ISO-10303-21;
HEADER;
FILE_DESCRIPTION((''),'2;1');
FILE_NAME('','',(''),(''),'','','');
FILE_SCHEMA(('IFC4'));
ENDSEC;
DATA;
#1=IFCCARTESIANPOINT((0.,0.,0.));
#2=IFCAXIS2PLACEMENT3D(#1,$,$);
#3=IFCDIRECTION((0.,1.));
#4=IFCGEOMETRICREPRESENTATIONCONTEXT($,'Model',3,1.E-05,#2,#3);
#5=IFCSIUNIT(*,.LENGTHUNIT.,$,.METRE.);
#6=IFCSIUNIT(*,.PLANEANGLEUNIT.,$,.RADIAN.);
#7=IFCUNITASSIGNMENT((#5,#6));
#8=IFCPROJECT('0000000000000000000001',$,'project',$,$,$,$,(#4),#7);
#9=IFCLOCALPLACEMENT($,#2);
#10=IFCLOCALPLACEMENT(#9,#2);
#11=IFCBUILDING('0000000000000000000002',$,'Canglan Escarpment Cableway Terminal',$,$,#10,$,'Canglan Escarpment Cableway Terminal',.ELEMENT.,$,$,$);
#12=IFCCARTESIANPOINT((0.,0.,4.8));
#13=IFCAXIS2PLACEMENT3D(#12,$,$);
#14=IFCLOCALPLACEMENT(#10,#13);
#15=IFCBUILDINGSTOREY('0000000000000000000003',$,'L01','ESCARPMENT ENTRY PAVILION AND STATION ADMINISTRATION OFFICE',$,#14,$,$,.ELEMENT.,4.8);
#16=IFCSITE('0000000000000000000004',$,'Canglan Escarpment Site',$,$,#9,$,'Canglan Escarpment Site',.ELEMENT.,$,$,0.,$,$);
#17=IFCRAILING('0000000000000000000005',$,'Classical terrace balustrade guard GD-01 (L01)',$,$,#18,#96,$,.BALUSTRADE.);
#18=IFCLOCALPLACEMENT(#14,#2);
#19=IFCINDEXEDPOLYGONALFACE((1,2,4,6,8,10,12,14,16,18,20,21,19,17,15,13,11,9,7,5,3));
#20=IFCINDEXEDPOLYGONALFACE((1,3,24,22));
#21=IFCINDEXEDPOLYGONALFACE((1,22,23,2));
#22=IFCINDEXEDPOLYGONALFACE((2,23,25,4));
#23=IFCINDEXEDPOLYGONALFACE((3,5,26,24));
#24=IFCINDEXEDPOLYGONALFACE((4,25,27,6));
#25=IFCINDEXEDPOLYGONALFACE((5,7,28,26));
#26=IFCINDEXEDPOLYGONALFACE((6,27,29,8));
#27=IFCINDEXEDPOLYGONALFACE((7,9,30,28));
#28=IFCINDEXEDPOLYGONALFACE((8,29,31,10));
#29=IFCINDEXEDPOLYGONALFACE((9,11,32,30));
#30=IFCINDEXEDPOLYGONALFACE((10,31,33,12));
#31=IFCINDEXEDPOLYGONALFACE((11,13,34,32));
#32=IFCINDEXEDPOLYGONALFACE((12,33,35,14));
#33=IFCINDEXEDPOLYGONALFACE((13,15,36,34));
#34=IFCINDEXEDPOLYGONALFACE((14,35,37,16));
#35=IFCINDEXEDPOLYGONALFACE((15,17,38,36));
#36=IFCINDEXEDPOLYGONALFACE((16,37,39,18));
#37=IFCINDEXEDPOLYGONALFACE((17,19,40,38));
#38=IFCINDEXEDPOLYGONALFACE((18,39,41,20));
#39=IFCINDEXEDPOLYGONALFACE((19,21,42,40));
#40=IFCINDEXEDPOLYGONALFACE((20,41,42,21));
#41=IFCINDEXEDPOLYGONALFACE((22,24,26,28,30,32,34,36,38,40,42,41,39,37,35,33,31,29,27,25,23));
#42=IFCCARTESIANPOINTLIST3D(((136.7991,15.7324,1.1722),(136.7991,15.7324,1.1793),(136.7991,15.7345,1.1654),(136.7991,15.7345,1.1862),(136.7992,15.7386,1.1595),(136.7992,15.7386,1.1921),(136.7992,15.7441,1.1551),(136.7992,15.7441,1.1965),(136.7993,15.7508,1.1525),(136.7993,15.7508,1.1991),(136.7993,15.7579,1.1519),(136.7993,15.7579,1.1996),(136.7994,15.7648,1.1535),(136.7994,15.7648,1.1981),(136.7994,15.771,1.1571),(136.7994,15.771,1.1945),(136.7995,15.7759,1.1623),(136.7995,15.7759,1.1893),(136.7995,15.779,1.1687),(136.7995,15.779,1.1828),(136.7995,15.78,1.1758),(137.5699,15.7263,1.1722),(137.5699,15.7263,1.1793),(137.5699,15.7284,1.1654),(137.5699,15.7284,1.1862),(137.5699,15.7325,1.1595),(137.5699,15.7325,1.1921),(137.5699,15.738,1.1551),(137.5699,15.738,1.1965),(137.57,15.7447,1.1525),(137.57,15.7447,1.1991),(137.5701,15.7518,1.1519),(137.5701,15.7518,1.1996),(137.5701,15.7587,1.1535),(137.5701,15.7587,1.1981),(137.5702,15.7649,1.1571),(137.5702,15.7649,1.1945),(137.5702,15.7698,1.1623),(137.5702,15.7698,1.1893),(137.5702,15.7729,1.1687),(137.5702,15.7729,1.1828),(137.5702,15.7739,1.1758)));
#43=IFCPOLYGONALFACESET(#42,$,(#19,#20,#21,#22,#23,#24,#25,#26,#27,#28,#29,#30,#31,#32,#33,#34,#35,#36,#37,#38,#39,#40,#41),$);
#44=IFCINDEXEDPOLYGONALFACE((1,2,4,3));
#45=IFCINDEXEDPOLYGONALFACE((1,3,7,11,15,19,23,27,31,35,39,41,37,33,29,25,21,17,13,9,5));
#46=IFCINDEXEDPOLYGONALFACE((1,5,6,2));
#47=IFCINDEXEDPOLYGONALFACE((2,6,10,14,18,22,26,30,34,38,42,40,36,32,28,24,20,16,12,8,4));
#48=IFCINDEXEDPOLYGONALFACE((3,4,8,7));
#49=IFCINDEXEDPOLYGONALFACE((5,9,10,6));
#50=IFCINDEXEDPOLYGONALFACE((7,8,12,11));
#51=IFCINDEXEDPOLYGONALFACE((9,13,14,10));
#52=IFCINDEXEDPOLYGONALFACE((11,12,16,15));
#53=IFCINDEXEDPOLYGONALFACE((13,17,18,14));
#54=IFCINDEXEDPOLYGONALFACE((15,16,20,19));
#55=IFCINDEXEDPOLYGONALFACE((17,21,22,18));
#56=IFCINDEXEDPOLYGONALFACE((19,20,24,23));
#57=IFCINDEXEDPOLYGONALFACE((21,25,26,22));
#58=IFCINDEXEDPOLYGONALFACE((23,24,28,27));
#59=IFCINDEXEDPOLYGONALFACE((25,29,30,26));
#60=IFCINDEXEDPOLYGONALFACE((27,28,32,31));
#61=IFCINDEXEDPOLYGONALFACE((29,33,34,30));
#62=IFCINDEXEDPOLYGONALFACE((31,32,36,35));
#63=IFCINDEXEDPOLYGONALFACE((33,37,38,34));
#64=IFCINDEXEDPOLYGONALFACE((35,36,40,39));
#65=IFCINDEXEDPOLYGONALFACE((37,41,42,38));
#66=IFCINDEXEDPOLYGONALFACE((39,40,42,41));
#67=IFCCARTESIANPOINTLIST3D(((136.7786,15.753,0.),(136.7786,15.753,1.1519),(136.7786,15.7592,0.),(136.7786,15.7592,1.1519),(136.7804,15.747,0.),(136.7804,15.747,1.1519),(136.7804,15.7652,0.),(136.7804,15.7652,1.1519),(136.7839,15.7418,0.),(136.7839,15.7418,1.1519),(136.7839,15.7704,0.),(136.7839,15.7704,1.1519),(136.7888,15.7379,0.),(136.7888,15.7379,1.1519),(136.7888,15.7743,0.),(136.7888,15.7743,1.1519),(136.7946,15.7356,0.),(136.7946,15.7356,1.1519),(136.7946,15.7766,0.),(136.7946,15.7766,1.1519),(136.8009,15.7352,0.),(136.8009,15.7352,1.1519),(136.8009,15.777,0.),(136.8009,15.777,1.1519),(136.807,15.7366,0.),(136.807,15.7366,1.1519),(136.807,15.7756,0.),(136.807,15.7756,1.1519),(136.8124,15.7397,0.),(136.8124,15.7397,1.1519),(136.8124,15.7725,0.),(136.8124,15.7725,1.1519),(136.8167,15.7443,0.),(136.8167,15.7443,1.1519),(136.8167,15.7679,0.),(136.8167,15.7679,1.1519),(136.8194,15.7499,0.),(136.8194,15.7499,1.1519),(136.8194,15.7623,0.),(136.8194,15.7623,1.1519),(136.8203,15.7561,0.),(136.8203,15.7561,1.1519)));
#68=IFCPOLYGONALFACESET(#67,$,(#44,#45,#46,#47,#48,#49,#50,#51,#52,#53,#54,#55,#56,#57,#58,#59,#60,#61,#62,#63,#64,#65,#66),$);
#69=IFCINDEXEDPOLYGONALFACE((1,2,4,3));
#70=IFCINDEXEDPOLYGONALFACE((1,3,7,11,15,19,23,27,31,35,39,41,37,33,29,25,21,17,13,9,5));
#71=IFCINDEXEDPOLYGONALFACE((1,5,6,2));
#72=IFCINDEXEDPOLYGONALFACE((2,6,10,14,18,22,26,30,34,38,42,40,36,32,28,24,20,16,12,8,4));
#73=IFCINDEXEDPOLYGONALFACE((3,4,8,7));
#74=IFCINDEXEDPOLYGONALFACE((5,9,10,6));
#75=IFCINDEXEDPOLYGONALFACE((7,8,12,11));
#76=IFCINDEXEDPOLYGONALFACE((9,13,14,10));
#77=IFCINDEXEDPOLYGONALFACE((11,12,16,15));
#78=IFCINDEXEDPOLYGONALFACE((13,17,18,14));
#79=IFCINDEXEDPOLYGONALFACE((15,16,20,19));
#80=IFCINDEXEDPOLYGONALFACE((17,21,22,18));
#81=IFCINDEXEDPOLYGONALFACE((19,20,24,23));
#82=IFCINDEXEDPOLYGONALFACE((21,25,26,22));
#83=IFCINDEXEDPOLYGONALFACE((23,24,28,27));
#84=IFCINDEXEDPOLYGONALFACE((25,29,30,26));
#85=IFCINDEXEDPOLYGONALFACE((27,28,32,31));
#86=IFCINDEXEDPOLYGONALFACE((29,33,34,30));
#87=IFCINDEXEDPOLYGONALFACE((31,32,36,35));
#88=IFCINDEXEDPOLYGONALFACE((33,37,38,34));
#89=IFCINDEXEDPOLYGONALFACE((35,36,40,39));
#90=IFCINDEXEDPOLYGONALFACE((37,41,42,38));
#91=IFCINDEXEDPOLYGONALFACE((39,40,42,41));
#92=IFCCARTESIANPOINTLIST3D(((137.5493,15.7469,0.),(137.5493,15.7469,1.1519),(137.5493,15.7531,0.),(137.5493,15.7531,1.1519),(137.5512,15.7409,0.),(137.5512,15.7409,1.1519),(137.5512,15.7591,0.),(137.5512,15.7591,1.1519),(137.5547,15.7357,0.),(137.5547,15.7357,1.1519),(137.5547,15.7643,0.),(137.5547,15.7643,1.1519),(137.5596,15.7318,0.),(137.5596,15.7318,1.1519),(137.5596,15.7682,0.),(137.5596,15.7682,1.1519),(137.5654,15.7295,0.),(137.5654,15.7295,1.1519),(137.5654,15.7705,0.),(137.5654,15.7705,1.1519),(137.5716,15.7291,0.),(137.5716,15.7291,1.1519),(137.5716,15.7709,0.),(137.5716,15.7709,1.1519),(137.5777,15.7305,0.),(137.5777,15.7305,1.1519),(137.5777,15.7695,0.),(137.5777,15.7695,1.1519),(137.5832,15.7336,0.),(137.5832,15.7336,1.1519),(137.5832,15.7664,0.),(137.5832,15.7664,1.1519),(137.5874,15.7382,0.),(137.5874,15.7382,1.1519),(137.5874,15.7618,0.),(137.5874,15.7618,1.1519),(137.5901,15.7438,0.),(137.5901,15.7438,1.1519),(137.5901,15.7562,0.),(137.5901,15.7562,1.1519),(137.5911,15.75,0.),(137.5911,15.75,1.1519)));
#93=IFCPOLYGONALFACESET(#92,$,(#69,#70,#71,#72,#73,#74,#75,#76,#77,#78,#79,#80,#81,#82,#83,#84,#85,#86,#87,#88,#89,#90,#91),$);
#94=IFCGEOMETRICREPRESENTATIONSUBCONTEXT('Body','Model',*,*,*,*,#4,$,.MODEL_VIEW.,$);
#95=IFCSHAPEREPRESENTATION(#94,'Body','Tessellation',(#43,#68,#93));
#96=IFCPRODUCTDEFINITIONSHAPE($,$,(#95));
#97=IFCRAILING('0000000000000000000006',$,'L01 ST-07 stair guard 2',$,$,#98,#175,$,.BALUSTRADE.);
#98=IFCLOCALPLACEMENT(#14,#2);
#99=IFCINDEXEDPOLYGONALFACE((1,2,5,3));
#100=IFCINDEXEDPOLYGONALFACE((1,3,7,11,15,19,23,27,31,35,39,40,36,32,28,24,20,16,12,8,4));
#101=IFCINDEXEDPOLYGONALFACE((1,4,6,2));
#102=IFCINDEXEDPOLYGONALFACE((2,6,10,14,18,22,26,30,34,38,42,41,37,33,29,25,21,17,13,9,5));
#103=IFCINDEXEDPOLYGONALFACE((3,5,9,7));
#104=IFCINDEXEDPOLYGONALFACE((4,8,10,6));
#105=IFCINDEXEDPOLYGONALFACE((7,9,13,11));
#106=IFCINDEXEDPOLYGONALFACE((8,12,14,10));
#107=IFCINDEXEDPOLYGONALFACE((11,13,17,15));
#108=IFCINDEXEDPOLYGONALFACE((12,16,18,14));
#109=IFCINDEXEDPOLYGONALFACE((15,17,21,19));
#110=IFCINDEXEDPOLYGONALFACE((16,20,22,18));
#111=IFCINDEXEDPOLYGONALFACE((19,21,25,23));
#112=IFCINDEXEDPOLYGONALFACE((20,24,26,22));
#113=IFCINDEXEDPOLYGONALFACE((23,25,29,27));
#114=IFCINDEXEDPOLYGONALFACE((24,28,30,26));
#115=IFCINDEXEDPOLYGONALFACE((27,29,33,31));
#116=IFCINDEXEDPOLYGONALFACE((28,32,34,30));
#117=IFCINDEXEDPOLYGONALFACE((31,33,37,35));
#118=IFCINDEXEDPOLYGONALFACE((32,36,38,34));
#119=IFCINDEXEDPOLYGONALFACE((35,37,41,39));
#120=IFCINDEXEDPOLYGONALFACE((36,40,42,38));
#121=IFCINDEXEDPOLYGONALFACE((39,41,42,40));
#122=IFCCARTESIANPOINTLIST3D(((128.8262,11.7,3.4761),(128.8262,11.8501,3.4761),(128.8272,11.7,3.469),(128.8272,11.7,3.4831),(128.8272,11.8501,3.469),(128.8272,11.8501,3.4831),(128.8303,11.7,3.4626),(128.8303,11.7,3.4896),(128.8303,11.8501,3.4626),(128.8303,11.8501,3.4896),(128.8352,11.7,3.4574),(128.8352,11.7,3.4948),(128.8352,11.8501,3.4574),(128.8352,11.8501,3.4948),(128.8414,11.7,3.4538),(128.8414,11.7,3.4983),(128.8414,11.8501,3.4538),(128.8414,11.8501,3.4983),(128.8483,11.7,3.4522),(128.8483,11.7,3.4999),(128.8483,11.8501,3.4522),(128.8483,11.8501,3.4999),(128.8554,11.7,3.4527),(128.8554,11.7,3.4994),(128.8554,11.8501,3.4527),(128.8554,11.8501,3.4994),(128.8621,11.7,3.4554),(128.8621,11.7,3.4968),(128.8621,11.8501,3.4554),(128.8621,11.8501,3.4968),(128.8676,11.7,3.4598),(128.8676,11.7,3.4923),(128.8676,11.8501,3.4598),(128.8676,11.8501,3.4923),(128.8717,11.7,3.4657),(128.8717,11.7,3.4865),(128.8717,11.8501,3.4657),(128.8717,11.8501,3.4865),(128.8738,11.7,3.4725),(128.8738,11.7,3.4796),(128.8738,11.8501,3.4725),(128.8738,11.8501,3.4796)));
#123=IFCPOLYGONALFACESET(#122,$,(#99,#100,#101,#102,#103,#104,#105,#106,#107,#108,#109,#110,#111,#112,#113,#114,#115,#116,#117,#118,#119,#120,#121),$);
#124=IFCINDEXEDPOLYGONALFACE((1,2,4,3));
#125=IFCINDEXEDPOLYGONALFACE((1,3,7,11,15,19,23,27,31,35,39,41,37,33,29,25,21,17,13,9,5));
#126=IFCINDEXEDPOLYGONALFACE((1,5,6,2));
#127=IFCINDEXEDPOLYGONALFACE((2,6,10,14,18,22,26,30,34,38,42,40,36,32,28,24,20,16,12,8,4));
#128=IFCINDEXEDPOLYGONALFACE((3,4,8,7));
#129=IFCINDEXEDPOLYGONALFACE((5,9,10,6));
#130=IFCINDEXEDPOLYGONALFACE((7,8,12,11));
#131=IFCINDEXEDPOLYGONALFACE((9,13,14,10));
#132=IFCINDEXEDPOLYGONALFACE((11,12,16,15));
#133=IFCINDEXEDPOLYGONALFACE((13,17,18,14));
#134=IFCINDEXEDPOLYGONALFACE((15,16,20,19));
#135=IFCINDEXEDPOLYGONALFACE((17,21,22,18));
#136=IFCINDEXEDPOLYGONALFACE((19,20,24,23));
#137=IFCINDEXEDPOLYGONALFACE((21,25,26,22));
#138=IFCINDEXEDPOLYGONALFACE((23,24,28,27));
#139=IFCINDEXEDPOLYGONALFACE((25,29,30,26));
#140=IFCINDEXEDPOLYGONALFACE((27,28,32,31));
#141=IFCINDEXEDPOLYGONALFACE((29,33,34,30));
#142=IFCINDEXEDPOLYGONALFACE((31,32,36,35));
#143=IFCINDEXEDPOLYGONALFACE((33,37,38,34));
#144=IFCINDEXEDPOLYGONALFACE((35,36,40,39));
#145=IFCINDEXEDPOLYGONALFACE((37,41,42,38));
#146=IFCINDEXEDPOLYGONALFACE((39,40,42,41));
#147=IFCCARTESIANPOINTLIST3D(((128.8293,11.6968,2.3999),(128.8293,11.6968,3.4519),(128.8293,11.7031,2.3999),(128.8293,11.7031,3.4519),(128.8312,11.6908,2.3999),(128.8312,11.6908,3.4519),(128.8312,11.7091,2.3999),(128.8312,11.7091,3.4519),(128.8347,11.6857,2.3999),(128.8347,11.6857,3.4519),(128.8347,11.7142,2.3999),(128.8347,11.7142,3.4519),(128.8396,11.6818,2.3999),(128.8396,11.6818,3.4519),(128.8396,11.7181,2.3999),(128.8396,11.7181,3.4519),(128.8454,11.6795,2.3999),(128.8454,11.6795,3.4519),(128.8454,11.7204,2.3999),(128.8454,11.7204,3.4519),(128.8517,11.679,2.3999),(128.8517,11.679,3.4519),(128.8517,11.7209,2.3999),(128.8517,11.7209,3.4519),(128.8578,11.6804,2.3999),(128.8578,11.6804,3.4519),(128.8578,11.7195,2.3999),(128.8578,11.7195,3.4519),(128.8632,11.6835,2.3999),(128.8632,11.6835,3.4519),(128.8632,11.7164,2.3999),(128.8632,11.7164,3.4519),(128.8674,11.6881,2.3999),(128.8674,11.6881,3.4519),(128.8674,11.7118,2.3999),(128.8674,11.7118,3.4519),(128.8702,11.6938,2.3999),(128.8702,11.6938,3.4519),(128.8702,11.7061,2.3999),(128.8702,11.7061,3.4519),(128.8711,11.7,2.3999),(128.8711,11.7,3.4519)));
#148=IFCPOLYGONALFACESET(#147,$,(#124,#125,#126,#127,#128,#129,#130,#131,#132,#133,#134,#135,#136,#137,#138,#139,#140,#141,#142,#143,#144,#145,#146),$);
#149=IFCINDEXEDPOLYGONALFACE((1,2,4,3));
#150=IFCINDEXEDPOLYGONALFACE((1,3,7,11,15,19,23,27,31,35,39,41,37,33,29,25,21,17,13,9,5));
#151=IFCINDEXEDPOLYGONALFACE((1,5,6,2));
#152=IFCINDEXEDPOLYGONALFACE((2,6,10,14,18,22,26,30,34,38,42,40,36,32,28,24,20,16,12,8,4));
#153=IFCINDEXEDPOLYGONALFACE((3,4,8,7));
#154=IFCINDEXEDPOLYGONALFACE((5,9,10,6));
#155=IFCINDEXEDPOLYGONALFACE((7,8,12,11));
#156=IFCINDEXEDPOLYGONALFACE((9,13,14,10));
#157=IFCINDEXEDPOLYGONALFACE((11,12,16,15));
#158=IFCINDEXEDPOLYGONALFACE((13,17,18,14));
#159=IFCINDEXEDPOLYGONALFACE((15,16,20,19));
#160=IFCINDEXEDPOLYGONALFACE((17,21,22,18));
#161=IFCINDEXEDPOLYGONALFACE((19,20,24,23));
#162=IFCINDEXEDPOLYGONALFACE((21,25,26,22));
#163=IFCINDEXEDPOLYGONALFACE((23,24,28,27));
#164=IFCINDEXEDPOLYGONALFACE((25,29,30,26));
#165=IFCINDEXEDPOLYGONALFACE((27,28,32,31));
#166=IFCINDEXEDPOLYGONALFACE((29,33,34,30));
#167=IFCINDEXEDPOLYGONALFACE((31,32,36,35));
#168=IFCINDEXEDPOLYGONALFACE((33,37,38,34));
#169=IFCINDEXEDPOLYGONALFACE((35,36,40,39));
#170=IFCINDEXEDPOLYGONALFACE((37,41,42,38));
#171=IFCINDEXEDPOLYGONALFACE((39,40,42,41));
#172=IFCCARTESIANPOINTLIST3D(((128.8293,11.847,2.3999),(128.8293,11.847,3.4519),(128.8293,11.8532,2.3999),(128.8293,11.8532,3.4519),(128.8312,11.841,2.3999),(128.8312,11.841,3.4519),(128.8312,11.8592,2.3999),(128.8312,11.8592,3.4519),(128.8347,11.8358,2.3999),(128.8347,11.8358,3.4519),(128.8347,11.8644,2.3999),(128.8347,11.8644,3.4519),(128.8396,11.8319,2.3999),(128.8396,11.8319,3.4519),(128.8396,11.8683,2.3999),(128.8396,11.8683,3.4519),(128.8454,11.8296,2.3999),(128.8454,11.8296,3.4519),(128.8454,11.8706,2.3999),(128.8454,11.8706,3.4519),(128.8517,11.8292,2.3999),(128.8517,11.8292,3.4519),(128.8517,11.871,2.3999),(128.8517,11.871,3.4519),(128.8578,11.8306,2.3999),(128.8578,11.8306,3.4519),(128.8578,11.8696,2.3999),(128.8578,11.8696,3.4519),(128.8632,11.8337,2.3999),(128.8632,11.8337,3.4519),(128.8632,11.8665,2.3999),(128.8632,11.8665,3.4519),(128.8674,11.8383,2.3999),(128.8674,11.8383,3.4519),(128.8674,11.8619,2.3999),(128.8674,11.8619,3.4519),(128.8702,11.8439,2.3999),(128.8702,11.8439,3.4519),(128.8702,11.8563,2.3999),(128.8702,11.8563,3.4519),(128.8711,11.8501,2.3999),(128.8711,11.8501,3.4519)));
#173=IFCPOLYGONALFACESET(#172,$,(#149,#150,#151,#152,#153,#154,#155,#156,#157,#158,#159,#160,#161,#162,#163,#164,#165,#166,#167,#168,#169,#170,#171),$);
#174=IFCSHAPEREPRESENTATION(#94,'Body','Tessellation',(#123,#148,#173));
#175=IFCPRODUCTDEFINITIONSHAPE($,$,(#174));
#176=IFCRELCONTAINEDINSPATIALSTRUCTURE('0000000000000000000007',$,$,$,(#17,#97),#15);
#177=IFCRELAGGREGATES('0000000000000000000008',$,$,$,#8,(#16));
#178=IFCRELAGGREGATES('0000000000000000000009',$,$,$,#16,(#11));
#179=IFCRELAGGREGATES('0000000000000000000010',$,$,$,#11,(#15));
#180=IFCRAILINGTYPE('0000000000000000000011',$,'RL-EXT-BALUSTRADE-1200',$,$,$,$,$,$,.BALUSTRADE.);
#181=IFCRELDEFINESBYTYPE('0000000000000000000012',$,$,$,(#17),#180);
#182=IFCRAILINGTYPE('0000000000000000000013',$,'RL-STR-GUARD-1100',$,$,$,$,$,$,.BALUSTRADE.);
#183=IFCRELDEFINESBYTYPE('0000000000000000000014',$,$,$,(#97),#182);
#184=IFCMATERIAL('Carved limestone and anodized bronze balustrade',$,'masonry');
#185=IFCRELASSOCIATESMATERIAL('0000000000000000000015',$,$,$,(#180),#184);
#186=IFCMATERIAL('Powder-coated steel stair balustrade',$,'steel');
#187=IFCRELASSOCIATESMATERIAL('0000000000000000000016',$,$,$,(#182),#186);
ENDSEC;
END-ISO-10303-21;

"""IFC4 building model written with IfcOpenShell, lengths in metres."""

from ifc_helpers import new_model, si_unit, direction, frame, origin, origin_2d, place, context, subcontext, project, spatial, circle, extrude, material, type_object, element, save


model = new_model("IFC4")

# Units and contexts
model_context = context("Model", 3, precision=1e-05, world=origin(), true_north=direction((0.0, 1.0)))
body_context = subcontext(model_context, "Body", "Model", "MODEL_VIEW")
ifc_project = project(units=[si_unit("LENGTHUNIT", "METRE"), si_unit("PLANEANGLEUNIT", "RADIAN")], contexts=[model_context])

# Site, building, storey
site_placement = place(None, origin())
site = spatial("IfcSite", under=ifc_project, at=site_placement, Name="Canglan Escarpment Site", LongName="Canglan Escarpment Site", CompositionType="ELEMENT", RefElevation=0.0)
building_placement = place(site_placement, origin())
building = spatial("IfcBuilding", under=site, at=building_placement, Name="Canglan Escarpment Cableway Terminal", LongName="Canglan Escarpment Cableway Terminal", CompositionType="ELEMENT")
storey_placement = place(building_placement, frame((0.0, 0.0, 4.8)))
storey = spatial("IfcBuildingStorey", under=building, at=storey_placement, Name="L01", Description="ESCARPMENT ENTRY PAVILION AND STATION ADMINISTRATION OFFICE", CompositionType="ELEMENT", Elevation=4.8)

# Railings
ifc_material_1 = material(Name="Carved limestone and anodized bronze balustrade", Category="masonry")
railing_type_1 = type_object("IfcRailingType", Name="RL-EXT-BALUSTRADE-1200", PredefinedType="BALUSTRADE", material=ifc_material_1)
railing_1_placement = place(storey_placement, frame((136.7993, 15.7561, 0.0)))
element("IfcRailing", 1, at=railing_1_placement, inside=storey, type_object=railing_type_1, Name="Classical terrace balustrade guard GD-01 (L01)", PredefinedType="BALUSTRADE", context=body_context, shape_type="SweptSolid", body=[
    extrude(circle(Radius=0.0239, at=origin_2d()), frame((0.0, 0.0, 1.1758), z_axis=(0.999969, -0.007919, 0.0), x_axis=(0.007919, 0.999969, 0.0)), (0.0, 0.0, 1.0), 0.7708),
    extrude(circle(Radius=0.021, at=origin_2d()), origin(), (0.0, 0.0, 1.0), 1.1519),
    extrude(circle(Radius=0.021, at=origin_2d()), frame((0.7708, -0.0061, 0.0)), (0.0, 0.0, 1.0), 1.1519),
])
ifc_material_2 = material(Name="Powder-coated steel stair balustrade", Category="steel")
railing_type_2 = type_object("IfcRailingType", Name="RL-STR-GUARD-1100", PredefinedType="BALUSTRADE", material=ifc_material_2)
railing_2_placement = place(storey_placement, frame((128.8501, 11.7, 2.3999)))
element("IfcRailing", 2, at=railing_2_placement, inside=storey, type_object=railing_type_2, Name="L01 ST-07 stair guard 2", PredefinedType="BALUSTRADE", context=body_context, shape_type="SweptSolid", body=[
    extrude(circle(Radius=0.0239, at=origin_2d()), frame((0.0, 0.0, 1.0762), z_axis=(0.0, 1.0, 0.0), x_axis=(-1.0, 0.0, 0.0)), (0.0, 0.0, 1.0), 0.1501),
    extrude(circle(Radius=0.021, at=origin_2d()), origin(), (0.0, 0.0, 1.0), 1.052),
    extrude(circle(Radius=0.021, at=origin_2d()), frame((0.0, 0.1501, 0.0)), (0.0, 0.0, 1.0), 1.052),
])

save(model, "model.ifc")
